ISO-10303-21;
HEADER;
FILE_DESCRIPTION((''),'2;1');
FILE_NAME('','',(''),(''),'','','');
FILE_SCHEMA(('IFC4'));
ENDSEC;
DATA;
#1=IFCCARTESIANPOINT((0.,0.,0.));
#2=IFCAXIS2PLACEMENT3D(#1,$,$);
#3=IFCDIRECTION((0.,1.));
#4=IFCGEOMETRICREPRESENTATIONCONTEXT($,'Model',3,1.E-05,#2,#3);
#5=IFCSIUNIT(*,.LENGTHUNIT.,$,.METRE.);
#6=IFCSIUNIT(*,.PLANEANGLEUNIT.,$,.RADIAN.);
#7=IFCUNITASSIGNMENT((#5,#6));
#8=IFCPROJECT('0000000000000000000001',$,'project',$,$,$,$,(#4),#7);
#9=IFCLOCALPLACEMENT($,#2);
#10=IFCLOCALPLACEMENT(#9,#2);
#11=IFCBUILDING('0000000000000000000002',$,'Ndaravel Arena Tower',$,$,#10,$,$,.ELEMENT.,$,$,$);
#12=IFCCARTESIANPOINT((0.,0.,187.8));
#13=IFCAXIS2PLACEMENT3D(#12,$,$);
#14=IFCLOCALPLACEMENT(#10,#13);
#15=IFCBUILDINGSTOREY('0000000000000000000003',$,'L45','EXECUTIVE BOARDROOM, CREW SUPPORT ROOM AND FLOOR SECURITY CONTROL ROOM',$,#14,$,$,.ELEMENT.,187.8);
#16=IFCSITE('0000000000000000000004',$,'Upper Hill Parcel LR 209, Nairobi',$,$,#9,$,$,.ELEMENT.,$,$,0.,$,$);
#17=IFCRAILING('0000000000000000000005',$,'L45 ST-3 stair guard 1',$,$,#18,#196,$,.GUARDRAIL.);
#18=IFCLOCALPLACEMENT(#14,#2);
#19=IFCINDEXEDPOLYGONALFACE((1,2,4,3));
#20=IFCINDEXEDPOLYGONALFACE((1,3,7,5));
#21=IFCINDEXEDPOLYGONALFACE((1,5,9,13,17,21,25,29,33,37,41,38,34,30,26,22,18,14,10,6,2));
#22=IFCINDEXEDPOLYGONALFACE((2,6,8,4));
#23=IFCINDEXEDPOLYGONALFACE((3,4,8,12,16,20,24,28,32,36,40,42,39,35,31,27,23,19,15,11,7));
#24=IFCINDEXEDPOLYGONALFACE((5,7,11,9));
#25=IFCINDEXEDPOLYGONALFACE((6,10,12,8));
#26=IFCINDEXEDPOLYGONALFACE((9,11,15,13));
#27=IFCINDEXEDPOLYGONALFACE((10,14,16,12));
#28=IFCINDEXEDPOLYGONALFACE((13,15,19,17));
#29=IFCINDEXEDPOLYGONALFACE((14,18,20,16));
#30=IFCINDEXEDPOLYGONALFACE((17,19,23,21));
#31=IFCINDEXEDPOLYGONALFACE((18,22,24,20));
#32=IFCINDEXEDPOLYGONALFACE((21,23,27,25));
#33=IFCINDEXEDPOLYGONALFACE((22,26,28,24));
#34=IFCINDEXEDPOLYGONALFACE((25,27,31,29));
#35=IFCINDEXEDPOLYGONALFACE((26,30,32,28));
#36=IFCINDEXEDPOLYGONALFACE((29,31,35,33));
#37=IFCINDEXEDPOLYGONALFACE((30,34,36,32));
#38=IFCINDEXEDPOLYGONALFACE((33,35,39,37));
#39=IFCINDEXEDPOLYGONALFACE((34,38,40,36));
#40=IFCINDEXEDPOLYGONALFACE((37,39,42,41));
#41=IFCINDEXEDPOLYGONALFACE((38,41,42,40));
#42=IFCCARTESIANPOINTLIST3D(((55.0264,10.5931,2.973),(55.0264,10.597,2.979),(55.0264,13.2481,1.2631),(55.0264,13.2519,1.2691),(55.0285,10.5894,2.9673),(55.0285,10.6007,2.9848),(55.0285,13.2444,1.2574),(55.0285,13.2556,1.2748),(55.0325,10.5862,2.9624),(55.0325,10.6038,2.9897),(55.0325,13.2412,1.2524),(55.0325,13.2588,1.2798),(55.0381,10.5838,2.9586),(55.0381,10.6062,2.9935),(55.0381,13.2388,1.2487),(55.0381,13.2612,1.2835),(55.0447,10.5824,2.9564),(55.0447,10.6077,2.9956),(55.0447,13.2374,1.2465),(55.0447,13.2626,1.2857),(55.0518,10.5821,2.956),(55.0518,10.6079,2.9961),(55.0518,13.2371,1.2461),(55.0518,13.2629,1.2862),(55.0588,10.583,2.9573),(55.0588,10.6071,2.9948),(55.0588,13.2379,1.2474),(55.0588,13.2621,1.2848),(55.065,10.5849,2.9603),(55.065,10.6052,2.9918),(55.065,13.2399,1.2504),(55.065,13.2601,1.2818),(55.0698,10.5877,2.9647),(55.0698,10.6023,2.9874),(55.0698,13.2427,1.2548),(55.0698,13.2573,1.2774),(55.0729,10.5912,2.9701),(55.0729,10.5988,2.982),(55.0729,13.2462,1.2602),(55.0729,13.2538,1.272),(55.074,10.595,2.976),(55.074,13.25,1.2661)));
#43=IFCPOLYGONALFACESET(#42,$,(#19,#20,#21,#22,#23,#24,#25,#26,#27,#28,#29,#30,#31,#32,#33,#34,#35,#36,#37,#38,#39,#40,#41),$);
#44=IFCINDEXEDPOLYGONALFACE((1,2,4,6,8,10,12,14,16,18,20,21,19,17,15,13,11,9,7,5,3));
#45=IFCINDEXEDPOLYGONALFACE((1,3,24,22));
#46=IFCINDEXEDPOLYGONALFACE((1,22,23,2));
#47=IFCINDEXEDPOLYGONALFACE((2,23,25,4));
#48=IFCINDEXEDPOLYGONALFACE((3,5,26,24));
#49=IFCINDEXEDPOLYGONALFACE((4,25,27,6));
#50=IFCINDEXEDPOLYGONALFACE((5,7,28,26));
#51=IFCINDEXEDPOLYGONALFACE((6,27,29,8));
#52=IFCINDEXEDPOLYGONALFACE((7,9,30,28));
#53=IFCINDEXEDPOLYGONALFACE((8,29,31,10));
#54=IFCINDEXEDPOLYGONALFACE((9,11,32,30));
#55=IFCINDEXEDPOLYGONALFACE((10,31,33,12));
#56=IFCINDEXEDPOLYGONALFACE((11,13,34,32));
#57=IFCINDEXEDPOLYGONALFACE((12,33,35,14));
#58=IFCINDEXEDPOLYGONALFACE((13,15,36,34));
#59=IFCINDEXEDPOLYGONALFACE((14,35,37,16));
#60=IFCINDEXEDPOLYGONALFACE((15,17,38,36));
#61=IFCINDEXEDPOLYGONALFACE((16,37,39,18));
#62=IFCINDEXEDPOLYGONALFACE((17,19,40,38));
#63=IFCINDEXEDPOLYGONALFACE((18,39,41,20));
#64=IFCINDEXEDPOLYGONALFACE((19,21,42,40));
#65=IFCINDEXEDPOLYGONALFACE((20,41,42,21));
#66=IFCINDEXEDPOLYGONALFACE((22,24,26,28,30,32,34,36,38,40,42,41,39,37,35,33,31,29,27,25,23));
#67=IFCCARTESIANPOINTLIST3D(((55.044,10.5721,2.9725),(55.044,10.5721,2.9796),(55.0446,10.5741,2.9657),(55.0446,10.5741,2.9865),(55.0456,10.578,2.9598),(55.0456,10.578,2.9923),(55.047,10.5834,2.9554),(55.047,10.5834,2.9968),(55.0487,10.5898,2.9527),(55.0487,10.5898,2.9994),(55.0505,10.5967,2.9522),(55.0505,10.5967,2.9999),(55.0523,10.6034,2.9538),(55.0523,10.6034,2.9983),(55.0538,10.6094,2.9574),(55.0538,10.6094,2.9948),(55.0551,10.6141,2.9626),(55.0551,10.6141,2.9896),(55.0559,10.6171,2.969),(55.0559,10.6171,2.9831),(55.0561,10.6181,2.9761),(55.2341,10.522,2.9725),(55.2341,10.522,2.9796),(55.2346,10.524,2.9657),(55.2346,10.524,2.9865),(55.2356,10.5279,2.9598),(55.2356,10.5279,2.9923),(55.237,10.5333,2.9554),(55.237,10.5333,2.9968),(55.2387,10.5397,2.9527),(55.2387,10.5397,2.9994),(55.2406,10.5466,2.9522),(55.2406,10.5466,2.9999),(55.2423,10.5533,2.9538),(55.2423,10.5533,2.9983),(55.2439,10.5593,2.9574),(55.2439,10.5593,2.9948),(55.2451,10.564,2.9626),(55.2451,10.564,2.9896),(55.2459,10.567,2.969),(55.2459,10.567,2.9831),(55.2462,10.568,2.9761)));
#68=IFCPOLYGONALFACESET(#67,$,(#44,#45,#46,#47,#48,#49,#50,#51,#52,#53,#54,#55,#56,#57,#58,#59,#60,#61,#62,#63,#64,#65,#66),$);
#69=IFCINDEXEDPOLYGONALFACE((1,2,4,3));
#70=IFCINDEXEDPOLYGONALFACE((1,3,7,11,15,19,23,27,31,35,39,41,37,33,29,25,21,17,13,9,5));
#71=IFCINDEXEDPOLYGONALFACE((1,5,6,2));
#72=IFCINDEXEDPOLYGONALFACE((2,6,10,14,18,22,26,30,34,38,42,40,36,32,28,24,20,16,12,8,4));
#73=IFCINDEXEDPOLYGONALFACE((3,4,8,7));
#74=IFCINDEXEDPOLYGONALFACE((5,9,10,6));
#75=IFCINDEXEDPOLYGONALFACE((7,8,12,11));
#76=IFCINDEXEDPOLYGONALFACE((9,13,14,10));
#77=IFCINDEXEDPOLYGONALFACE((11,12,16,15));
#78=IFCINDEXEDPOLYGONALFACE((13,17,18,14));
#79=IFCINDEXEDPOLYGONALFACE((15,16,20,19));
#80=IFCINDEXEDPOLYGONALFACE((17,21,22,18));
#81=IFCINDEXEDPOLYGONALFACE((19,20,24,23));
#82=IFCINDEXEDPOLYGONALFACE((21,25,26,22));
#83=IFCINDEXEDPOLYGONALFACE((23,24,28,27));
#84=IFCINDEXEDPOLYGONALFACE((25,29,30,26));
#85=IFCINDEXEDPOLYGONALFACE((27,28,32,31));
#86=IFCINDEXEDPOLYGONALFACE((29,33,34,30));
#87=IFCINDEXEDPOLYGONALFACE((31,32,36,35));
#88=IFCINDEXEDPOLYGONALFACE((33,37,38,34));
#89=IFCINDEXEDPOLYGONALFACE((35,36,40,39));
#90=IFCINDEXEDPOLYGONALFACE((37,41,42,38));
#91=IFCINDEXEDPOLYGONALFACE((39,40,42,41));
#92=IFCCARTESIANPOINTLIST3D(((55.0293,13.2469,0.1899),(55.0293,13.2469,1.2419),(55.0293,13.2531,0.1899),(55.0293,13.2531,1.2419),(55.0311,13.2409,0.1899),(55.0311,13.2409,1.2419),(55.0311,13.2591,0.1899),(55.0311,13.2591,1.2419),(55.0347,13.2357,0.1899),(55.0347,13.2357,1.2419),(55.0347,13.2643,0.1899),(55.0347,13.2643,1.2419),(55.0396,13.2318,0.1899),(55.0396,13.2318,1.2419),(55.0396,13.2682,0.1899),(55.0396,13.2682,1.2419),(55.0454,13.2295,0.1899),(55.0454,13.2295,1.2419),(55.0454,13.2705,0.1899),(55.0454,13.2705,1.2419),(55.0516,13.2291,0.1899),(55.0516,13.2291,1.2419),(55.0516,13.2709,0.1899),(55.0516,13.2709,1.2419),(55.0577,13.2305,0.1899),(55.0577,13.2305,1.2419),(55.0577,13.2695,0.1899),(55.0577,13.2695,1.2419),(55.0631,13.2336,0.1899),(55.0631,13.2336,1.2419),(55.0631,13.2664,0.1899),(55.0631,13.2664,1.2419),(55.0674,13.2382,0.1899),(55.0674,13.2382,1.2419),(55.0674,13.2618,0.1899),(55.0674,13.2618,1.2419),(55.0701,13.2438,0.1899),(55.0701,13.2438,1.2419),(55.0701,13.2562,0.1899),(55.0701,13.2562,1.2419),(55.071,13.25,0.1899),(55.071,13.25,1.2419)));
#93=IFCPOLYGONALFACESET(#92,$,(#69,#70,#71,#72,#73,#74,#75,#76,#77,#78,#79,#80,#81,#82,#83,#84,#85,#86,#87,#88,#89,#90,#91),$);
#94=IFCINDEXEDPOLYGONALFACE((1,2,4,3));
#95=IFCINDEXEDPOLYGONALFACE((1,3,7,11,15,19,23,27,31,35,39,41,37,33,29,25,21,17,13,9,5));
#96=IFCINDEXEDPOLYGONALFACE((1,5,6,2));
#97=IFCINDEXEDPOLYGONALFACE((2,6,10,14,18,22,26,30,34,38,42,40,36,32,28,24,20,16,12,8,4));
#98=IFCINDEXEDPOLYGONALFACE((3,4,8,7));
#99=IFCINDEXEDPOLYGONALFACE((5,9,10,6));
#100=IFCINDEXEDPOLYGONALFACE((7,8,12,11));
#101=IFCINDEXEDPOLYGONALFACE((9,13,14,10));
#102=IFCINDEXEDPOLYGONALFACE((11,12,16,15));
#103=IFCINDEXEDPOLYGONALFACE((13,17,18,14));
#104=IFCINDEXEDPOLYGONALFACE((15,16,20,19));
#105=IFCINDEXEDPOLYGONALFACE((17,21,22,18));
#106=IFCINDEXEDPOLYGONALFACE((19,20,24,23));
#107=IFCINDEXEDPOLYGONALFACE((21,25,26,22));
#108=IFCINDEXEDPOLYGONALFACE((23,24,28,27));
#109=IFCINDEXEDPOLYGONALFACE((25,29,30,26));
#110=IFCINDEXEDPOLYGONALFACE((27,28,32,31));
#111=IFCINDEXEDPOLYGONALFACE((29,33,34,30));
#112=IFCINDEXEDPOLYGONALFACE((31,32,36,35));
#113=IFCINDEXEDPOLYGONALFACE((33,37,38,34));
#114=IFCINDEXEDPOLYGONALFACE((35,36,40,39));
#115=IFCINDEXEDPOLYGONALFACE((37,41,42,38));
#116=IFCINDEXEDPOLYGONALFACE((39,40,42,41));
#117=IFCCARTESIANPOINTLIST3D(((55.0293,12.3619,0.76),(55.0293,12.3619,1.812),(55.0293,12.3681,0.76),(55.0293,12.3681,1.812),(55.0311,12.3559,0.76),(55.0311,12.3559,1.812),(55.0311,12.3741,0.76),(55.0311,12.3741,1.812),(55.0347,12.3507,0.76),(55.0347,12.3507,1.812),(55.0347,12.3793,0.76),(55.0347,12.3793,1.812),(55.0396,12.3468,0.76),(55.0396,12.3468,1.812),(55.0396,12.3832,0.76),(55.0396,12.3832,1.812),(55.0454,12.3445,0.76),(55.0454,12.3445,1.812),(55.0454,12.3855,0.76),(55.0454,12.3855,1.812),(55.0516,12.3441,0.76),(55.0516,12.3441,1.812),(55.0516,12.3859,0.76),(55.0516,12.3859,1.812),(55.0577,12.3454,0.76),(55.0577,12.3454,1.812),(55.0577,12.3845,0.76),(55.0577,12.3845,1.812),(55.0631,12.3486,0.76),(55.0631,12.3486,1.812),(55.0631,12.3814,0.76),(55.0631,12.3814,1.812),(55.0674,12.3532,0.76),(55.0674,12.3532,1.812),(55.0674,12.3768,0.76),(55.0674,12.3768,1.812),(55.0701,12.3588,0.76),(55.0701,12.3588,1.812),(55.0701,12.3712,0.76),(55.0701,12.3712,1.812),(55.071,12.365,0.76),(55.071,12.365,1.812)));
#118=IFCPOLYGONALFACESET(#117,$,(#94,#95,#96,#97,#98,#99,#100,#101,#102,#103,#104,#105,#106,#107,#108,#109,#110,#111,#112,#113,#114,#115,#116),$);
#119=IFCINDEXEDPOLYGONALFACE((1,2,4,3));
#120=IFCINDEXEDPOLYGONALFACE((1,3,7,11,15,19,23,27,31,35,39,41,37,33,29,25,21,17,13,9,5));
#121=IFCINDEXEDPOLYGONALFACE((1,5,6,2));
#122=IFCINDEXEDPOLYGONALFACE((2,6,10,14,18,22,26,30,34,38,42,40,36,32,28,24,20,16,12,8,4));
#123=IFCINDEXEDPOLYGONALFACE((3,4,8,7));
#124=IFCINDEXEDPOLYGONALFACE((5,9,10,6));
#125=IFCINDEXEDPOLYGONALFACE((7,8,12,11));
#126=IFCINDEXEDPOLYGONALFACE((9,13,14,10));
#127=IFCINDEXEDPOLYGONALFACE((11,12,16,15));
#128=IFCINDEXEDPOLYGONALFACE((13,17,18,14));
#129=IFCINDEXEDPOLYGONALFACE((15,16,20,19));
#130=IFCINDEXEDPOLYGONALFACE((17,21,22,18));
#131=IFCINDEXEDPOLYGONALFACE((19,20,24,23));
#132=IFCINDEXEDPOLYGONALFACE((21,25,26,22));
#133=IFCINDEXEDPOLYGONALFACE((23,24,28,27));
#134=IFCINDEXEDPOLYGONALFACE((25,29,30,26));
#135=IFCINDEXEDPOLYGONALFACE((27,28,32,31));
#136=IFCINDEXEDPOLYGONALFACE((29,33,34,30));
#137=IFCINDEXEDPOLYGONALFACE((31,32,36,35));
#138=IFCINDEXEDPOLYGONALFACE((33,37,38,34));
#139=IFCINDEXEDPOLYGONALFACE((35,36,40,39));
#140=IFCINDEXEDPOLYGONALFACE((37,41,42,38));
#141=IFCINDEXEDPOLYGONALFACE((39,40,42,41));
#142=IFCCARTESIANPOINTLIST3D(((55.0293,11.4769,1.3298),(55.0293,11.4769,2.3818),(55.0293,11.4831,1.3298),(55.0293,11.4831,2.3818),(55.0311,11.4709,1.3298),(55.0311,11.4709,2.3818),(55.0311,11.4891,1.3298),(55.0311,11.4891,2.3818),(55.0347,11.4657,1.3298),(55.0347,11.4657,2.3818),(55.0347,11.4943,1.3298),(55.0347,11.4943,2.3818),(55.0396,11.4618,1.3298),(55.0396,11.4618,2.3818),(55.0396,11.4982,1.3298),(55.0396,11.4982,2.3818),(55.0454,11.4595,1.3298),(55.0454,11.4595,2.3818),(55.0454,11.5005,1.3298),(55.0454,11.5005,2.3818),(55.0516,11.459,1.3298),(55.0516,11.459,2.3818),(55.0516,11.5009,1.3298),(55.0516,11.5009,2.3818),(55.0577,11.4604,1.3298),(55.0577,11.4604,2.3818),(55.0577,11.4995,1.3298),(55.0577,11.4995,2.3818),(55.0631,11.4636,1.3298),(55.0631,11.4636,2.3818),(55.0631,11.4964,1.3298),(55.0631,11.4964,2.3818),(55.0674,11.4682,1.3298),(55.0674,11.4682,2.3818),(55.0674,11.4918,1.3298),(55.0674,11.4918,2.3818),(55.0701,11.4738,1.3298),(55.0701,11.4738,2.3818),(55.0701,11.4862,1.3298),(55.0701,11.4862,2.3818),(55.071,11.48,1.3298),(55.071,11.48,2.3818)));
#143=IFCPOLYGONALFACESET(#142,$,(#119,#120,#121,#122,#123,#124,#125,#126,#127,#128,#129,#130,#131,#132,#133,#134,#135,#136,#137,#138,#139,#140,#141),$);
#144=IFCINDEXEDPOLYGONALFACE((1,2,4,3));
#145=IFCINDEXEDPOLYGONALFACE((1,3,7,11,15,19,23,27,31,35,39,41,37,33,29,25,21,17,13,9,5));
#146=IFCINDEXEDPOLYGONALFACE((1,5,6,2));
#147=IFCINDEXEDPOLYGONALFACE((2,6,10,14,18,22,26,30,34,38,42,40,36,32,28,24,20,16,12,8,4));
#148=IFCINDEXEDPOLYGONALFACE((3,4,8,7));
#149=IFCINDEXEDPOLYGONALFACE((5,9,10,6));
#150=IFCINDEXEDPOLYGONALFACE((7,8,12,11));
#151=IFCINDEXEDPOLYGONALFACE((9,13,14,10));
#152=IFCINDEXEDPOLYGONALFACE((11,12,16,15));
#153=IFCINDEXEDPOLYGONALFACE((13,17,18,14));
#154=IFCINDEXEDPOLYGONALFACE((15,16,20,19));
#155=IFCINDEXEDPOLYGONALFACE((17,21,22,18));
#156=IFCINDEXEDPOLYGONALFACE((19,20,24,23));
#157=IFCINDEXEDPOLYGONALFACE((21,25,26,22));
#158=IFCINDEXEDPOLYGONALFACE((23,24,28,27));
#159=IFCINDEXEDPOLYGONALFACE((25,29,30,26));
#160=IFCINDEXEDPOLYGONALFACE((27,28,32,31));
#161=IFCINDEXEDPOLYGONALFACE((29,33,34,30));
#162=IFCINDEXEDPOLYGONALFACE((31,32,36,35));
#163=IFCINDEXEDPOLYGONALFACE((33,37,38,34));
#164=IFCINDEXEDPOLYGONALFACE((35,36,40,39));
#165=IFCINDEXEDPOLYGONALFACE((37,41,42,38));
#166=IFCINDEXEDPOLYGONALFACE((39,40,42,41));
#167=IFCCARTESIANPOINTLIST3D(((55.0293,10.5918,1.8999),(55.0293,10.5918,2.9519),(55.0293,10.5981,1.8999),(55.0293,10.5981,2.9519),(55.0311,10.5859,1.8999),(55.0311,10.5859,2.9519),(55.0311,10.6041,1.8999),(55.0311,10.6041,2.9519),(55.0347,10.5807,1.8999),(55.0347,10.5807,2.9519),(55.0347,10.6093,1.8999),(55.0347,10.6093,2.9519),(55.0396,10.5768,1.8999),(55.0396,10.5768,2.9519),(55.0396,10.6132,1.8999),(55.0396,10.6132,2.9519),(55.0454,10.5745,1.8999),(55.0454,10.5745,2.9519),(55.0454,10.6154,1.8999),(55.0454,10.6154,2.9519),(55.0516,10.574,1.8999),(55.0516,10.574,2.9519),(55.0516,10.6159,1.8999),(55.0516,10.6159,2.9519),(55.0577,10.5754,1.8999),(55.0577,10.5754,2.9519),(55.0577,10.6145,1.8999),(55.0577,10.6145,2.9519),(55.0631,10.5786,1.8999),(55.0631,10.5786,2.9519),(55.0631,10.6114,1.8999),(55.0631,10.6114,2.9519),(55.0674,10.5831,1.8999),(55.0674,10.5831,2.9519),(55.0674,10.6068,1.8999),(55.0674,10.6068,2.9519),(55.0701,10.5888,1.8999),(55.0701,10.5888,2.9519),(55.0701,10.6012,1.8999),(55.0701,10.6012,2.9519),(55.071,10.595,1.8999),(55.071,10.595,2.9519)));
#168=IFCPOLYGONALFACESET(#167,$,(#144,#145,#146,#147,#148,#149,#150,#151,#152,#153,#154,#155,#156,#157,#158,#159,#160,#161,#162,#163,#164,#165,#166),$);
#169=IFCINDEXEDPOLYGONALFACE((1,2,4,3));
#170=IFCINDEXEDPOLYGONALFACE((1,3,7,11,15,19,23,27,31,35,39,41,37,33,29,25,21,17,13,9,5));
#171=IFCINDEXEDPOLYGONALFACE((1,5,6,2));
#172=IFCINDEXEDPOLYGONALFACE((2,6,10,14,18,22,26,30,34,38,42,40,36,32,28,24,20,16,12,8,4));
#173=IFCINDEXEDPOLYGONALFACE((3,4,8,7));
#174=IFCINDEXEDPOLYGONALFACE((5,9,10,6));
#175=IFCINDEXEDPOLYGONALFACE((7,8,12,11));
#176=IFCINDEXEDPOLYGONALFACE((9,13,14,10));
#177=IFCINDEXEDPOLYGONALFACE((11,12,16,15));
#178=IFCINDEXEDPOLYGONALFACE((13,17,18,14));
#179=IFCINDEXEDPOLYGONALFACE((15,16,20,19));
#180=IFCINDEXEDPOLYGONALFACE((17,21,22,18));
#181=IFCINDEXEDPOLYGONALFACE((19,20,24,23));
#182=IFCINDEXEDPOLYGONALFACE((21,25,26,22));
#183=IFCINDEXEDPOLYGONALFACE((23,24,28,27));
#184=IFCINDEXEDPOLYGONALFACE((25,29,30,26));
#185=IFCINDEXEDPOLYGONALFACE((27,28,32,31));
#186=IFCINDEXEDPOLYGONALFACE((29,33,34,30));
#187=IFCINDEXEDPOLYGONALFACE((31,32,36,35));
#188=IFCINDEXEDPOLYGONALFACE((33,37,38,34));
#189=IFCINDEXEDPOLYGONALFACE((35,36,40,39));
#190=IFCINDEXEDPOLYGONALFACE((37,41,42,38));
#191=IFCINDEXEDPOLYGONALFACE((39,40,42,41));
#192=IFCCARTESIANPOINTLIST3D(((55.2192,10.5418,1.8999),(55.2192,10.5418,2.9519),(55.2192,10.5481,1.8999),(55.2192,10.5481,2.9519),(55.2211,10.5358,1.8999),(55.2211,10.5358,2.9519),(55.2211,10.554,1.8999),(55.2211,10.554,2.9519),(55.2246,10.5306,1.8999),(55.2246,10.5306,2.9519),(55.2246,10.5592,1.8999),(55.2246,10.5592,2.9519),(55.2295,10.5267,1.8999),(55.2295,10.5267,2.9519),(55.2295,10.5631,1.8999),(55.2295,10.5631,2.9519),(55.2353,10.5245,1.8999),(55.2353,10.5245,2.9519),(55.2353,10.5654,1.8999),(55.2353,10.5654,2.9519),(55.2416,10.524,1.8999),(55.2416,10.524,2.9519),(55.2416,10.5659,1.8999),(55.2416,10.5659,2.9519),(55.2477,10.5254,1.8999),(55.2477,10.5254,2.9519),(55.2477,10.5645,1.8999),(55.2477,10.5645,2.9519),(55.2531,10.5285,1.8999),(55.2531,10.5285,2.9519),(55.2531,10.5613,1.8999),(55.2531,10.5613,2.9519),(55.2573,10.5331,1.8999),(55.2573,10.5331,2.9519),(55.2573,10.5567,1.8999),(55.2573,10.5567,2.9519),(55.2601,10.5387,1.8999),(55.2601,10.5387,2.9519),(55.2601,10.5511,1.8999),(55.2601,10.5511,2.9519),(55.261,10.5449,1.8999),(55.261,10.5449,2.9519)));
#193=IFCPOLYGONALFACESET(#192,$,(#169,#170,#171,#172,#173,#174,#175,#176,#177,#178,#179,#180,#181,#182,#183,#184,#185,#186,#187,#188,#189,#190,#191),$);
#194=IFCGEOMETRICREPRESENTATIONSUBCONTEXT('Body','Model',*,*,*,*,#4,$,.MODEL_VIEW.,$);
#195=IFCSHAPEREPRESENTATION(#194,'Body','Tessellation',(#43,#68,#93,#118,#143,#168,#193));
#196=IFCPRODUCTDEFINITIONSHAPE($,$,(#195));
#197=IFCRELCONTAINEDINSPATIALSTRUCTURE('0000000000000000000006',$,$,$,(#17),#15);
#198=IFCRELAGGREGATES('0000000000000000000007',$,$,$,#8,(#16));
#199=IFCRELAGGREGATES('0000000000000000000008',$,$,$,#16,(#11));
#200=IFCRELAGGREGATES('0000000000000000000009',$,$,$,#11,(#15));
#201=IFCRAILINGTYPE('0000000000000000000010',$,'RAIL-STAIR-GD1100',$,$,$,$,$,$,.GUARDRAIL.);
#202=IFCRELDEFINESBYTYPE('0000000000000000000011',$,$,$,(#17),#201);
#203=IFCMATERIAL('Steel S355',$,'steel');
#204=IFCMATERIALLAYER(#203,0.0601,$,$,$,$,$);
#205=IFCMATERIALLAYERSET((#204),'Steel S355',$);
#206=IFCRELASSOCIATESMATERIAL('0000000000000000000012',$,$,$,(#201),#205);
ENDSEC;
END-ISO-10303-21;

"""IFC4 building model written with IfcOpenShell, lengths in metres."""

from ifc_helpers import new_model, si_unit, direction, frame, origin, origin_2d, place, context, subcontext, project, spatial, circle, extrude, material, layer, layer_set, type_object, element, save


model = new_model("IFC4")

# Units and contexts
model_context = context("Model", 3, precision=1e-05, world=origin(), true_north=direction((0.0, 1.0)))
body_context = subcontext(model_context, "Body", "Model", "MODEL_VIEW")
ifc_project = project(units=[si_unit("LENGTHUNIT", "METRE"), si_unit("PLANEANGLEUNIT", "RADIAN")], contexts=[model_context])

# Site, building, storey
site_placement = place(None, origin())
site = spatial("IfcSite", under=ifc_project, at=site_placement, Name="Upper Hill Parcel LR 209, Nairobi", CompositionType="ELEMENT", RefElevation=0.0)
building_placement = place(site_placement, origin())
building = spatial("IfcBuilding", under=site, at=building_placement, Name="Ndaravel Arena Tower", CompositionType="ELEMENT")
storey_placement = place(building_placement, frame((0.0, 0.0, 187.8)))
storey = spatial("IfcBuildingStorey", under=building, at=storey_placement, Name="L45", Description="EXECUTIVE BOARDROOM, CREW SUPPORT ROOM AND FLOOR SECURITY CONTROL ROOM", CompositionType="ELEMENT", Elevation=187.8)

# Railing
ifc_material_1 = material(Name="Steel S355", Category="steel")
ifc_layer_1 = layer(ifc_material_1, 0.0601)
ifc_layer_set_1 = layer_set([ifc_layer_1], Name="Steel S355")
railing_type_1 = type_object("IfcRailingType", Name="RAIL-STAIR-GD1100", PredefinedType="GUARDRAIL", material=ifc_layer_set_1)
railing_1_placement = place(storey_placement, frame((55.05, 13.25, 0.1899)))
element("IfcRailing", 1, at=railing_1_placement, inside=storey, type_object=railing_type_1, Name="L45 ST-3 stair guard 1", PredefinedType="GUARDRAIL", context=body_context, shape_type="SweptSolid", body=[
    extrude(circle(Radius=0.0239, at=origin_2d()), frame((0.0, 0.0, 1.0762), z_axis=(0.0, -0.840724, 0.541465), x_axis=(1.0, 0.0, 0.0)), (0.0, 0.0, 1.0), 3.158),
    extrude(circle(Radius=0.0239, at=origin_2d()), frame((0.0, -2.655, 2.7861), z_axis=(0.966994, -0.254799, 0.0), x_axis=(0.254799, 0.966994, 0.0)), (0.0, 0.0, 1.0), 0.1965),
    extrude(circle(Radius=0.021, at=origin_2d()), origin(), (0.0, 0.0, 1.0), 1.052),
    extrude(circle(Radius=0.021, at=origin_2d()), frame((0.0, -0.885, 0.5701)), (0.0, 0.0, 1.0), 1.052),
    extrude(circle(Radius=0.021, at=origin_2d()), frame((0.0, -1.77, 1.1399)), (0.0, 0.0, 1.0), 1.052),
    extrude(circle(Radius=0.021, at=origin_2d()), frame((0.0, -2.655, 1.71)), (0.0, 0.0, 1.0), 1.052),
    extrude(circle(Radius=0.021, at=origin_2d()), frame((0.1899, -2.7051, 1.71)), (0.0, 0.0, 1.0), 1.052),
])

save(model, "model.ifc")
